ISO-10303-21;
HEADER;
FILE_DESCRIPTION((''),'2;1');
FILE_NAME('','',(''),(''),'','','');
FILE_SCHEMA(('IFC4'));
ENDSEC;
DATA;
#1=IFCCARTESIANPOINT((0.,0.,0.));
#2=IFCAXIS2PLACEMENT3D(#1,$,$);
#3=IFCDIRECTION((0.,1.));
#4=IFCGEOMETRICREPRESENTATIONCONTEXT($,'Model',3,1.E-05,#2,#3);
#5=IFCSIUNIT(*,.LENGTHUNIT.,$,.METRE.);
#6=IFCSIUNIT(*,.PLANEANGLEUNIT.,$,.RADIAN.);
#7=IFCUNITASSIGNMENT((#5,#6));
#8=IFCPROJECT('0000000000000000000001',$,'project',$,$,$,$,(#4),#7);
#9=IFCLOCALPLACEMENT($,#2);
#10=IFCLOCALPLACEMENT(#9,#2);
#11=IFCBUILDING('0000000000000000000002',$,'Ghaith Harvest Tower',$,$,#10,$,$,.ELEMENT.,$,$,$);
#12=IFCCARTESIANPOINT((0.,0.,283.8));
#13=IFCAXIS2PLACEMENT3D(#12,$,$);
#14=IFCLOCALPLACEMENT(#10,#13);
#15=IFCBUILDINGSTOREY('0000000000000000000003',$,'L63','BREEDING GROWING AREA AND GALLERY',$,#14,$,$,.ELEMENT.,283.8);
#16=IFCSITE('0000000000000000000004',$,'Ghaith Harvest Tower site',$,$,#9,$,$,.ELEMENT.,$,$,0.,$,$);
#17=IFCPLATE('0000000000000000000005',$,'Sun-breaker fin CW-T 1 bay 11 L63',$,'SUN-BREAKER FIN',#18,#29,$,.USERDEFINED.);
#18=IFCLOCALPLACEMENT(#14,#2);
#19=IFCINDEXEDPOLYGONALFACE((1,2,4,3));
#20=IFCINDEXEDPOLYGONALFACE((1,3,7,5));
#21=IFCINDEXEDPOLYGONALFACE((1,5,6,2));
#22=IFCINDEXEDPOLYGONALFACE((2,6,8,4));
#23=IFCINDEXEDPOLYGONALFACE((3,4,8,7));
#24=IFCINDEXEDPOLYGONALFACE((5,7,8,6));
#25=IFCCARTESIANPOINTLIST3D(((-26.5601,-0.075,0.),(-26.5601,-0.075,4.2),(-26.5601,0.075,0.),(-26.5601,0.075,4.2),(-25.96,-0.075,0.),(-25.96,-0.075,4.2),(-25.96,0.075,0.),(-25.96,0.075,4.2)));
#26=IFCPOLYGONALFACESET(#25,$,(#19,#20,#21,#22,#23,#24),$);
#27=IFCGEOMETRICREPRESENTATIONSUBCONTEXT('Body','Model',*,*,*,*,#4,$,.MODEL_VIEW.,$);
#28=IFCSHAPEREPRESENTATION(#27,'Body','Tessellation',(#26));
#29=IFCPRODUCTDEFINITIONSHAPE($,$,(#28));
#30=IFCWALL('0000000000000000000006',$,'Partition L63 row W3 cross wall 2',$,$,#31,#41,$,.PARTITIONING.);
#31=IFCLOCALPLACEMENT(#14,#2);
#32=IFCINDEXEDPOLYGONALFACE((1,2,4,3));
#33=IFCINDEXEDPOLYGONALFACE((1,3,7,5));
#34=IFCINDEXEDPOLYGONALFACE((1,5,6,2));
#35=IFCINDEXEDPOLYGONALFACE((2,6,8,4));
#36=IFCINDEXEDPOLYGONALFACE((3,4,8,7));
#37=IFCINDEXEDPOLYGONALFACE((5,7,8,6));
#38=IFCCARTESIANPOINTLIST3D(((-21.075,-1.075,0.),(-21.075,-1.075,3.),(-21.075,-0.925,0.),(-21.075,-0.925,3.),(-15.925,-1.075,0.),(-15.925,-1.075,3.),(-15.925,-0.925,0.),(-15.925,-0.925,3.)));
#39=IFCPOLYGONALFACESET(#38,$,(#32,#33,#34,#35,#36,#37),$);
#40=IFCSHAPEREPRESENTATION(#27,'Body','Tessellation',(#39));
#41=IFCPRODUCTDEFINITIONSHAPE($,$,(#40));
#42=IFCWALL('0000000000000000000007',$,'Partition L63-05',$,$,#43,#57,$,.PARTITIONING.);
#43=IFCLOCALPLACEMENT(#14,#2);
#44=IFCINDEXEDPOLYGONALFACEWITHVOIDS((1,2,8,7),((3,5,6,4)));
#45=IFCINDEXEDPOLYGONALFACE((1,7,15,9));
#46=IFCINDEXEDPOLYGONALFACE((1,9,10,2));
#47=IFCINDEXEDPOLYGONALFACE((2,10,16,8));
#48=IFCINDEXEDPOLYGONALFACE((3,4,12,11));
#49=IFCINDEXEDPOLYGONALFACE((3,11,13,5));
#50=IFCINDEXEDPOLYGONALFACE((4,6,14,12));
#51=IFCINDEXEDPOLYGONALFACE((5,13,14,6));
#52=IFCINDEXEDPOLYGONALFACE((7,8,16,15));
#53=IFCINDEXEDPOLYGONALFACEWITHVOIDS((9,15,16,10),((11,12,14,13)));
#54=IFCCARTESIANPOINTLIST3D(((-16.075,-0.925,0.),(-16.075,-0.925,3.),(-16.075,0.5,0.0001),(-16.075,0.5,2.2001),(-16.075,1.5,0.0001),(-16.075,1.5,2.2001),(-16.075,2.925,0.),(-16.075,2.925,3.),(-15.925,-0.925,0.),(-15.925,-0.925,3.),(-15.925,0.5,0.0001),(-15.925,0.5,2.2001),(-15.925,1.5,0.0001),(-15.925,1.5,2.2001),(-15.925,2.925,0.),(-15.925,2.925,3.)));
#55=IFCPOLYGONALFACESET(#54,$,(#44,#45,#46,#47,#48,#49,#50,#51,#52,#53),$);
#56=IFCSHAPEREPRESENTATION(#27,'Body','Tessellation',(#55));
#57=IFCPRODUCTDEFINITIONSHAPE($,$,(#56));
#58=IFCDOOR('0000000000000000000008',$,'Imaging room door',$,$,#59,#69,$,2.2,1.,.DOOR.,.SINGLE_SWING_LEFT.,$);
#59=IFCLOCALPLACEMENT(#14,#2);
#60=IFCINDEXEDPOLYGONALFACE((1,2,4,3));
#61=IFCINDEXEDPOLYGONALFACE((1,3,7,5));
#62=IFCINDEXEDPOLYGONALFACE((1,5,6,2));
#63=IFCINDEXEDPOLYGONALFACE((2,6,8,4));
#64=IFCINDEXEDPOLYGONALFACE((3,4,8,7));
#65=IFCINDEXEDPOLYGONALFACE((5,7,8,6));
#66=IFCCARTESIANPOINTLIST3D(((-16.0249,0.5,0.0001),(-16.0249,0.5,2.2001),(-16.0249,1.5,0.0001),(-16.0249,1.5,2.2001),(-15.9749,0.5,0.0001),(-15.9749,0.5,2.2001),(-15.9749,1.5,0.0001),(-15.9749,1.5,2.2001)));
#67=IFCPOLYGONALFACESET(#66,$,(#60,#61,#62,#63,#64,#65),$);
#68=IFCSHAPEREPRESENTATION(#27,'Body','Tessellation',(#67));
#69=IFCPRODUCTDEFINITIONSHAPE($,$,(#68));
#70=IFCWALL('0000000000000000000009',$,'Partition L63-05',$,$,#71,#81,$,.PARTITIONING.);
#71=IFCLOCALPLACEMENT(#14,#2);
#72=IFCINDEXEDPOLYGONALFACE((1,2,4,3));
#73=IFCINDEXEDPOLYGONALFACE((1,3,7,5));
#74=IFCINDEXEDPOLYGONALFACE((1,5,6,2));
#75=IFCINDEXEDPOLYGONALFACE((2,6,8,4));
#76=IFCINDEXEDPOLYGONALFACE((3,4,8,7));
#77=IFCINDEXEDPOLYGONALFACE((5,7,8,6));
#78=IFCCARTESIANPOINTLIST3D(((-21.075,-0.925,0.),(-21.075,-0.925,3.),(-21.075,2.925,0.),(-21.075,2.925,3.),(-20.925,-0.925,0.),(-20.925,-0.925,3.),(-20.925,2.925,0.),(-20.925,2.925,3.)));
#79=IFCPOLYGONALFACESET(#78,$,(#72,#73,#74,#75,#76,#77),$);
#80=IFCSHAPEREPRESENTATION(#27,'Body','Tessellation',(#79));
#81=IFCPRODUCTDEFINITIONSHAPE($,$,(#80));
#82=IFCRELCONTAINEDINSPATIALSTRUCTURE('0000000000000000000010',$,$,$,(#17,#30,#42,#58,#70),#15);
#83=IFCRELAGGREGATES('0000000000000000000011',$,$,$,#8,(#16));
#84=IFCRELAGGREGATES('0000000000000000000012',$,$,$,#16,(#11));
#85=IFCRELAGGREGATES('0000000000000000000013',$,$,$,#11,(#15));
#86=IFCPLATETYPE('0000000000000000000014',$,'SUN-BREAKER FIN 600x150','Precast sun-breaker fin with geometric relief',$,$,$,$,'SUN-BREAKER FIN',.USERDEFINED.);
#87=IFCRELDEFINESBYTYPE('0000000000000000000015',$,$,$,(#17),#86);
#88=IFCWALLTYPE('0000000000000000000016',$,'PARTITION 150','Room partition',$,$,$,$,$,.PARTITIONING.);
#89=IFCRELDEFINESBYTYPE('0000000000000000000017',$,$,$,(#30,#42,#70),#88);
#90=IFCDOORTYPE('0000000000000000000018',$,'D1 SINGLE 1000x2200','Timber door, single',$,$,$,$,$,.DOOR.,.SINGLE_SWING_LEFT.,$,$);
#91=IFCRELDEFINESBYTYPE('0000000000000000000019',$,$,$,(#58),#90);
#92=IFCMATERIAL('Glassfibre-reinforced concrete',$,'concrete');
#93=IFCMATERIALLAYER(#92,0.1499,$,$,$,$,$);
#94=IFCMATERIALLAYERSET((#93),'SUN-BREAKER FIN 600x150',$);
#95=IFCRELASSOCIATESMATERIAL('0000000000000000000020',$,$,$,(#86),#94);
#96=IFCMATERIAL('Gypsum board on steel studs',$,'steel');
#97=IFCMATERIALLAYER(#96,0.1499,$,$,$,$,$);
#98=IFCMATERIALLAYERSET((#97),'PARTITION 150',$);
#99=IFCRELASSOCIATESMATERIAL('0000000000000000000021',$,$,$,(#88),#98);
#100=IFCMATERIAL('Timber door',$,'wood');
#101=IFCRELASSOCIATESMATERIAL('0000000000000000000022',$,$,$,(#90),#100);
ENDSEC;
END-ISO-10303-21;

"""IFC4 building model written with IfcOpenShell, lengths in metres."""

from ifc_helpers import new_model, si_unit, direction, frame, frame_2d, origin, origin_2d, place, context, subcontext, project, spatial, rectangle, extrude, material, layer, layer_set, type_object, element, fill, save


model = new_model("IFC4")

# Units and contexts
model_context = context("Model", 3, precision=1e-05, world=origin(), true_north=direction((0.0, 1.0)))
body_context = subcontext(model_context, "Body", "Model", "MODEL_VIEW")
ifc_project = project(units=[si_unit("LENGTHUNIT", "METRE"), si_unit("PLANEANGLEUNIT", "RADIAN")], contexts=[model_context])

# Site, building, storey
site_placement = place(None, origin())
site = spatial("IfcSite", under=ifc_project, at=site_placement, Name="Ghaith Harvest Tower site", CompositionType="ELEMENT", RefElevation=0.0)
building_placement = place(site_placement, origin())
building = spatial("IfcBuilding", under=site, at=building_placement, Name="Ghaith Harvest Tower", CompositionType="ELEMENT")
storey_placement = place(building_placement, frame((0.0, 0.0, 283.8)))
storey = spatial("IfcBuildingStorey", under=building, at=storey_placement, Name="L63", Description="BREEDING GROWING AREA AND GALLERY", CompositionType="ELEMENT", Elevation=283.8)

# Plate
ifc_material_1 = material(Name="Glassfibre-reinforced concrete", Category="concrete")
ifc_layer_1 = layer(ifc_material_1, 0.1499)
ifc_layer_set_1 = layer_set([ifc_layer_1], Name="SUN-BREAKER FIN 600x150")
plate_type_1 = type_object("IfcPlateType", Name="SUN-BREAKER FIN 600x150", Description="Precast sun-breaker fin with geometric relief", ElementType="SUN-BREAKER FIN", PredefinedType="USERDEFINED", material=ifc_layer_set_1)
plate_1_placement = place(storey_placement, frame((-26.26, 0.0, 0.0), z_axis=(0.0, 0.0, 1.0), x_axis=(-1.0, 0.0, 0.0)))
element("IfcPlate", 1, at=plate_1_placement, inside=storey, type_object=plate_type_1, Name="Sun-breaker fin CW-T 1 bay 11 L63", ObjectType="SUN-BREAKER FIN", PredefinedType="USERDEFINED", context=body_context, shape_type="SweptSolid", body=[
    extrude(rectangle(XDim=0.6001, YDim=0.1499, at=origin_2d()), origin(), (0.0, 0.0, 1.0), 4.2),
])

# Wall
ifc_material_2 = material(Name="Gypsum board on steel studs", Category="steel")
ifc_layer_2 = layer(ifc_material_2, 0.1499)
ifc_layer_set_2 = layer_set([ifc_layer_2], Name="PARTITION 150")
wall_type = type_object("IfcWallType", Name="PARTITION 150", Description="Room partition", PredefinedType="PARTITIONING", material=ifc_layer_set_2)
wall_1_placement = place(storey_placement, frame((-15.925, -1.0, 0.0), z_axis=(0.0, 0.0, 1.0), x_axis=(-1.0, 0.0, 0.0)))
element("IfcWall", 2, at=wall_1_placement, inside=storey, type_object=wall_type, Name="Partition L63 row W3 cross wall 2", PredefinedType="PARTITIONING", context=body_context, shape_type="SweptSolid", body=[
    extrude(rectangle(XDim=5.1499, YDim=0.1499, at=frame_2d((2.575, 0.0))), origin(), (0.0, 0.0, 1.0), 3.0),
])

# Wall, opening, door
wall_2_placement = place(storey_placement, frame((-16.0, -0.925, 0.0), z_axis=(0.0, 0.0, 1.0), x_axis=(0.0, 1.0, 0.0)))
wall_2 = element("IfcWall", 3, at=wall_2_placement, inside=storey, type_object=wall_type, Name="Partition L63-05", PredefinedType="PARTITIONING", context=body_context, shape_type="SweptSolid", body=[
    extrude(rectangle(XDim=3.8501, YDim=0.1499, at=frame_2d((1.925, 0.0))), origin(), (0.0, 0.0, 1.0), 3.0),
])
opening_placement = place(wall_2_placement, frame((1.425, 0.0, 0.0)))
opening = element("IfcOpeningElement", 4, at=opening_placement, cuts=wall_2, PredefinedType="OPENING", context=body_context, shape_type="SweptSolid", body=[
    extrude(rectangle(XDim=1.0, YDim=2.2, at=frame_2d((0.5, 1.1001))), frame((0.0, 0.085, 0.0), z_axis=(0.0, -1.0, 0.0), x_axis=(1.0, 0.0, 0.0)), (0.0, 0.0, 1.0), 0.1699),
])
ifc_material_3 = material(Name="Timber door", Category="wood")
door_type = type_object("IfcDoorType", Name="D1 SINGLE 1000x2200", Description="Timber door, single", OperationType="SINGLE_SWING_LEFT", PredefinedType="DOOR", material=ifc_material_3)
door_placement = place(opening_placement, origin())
door = element("IfcDoor", 5, at=door_placement, inside=storey, type_object=door_type, Name="Imaging room door", OperationType="SINGLE_SWING_LEFT", OverallHeight=2.2, OverallWidth=1.0, PredefinedType="DOOR", context=body_context, shape_type="SweptSolid", body=[
    extrude(rectangle(XDim=1.0, YDim=2.2, at=frame_2d((0.5, 1.1001))), frame((0.0, 0.0249, 0.0), z_axis=(0.0, -1.0, 0.0), x_axis=(1.0, 0.0, 0.0)), (0.0, 0.0, 1.0), 0.05),
])
fill(opening, door)

# Wall
wall_3_placement = place(storey_placement, frame((-21.0, -0.925, 0.0), z_axis=(0.0, 0.0, 1.0), x_axis=(0.0, 1.0, 0.0)))
element("IfcWall", 6, at=wall_3_placement, inside=storey, type_object=wall_type, Name="Partition L63-05", PredefinedType="PARTITIONING", context=body_context, shape_type="SweptSolid", body=[
    extrude(rectangle(XDim=3.8501, YDim=0.1499, at=frame_2d((1.925, 0.0))), origin(), (0.0, 0.0, 1.0), 3.0),
])

save(model, "model.ifc")
